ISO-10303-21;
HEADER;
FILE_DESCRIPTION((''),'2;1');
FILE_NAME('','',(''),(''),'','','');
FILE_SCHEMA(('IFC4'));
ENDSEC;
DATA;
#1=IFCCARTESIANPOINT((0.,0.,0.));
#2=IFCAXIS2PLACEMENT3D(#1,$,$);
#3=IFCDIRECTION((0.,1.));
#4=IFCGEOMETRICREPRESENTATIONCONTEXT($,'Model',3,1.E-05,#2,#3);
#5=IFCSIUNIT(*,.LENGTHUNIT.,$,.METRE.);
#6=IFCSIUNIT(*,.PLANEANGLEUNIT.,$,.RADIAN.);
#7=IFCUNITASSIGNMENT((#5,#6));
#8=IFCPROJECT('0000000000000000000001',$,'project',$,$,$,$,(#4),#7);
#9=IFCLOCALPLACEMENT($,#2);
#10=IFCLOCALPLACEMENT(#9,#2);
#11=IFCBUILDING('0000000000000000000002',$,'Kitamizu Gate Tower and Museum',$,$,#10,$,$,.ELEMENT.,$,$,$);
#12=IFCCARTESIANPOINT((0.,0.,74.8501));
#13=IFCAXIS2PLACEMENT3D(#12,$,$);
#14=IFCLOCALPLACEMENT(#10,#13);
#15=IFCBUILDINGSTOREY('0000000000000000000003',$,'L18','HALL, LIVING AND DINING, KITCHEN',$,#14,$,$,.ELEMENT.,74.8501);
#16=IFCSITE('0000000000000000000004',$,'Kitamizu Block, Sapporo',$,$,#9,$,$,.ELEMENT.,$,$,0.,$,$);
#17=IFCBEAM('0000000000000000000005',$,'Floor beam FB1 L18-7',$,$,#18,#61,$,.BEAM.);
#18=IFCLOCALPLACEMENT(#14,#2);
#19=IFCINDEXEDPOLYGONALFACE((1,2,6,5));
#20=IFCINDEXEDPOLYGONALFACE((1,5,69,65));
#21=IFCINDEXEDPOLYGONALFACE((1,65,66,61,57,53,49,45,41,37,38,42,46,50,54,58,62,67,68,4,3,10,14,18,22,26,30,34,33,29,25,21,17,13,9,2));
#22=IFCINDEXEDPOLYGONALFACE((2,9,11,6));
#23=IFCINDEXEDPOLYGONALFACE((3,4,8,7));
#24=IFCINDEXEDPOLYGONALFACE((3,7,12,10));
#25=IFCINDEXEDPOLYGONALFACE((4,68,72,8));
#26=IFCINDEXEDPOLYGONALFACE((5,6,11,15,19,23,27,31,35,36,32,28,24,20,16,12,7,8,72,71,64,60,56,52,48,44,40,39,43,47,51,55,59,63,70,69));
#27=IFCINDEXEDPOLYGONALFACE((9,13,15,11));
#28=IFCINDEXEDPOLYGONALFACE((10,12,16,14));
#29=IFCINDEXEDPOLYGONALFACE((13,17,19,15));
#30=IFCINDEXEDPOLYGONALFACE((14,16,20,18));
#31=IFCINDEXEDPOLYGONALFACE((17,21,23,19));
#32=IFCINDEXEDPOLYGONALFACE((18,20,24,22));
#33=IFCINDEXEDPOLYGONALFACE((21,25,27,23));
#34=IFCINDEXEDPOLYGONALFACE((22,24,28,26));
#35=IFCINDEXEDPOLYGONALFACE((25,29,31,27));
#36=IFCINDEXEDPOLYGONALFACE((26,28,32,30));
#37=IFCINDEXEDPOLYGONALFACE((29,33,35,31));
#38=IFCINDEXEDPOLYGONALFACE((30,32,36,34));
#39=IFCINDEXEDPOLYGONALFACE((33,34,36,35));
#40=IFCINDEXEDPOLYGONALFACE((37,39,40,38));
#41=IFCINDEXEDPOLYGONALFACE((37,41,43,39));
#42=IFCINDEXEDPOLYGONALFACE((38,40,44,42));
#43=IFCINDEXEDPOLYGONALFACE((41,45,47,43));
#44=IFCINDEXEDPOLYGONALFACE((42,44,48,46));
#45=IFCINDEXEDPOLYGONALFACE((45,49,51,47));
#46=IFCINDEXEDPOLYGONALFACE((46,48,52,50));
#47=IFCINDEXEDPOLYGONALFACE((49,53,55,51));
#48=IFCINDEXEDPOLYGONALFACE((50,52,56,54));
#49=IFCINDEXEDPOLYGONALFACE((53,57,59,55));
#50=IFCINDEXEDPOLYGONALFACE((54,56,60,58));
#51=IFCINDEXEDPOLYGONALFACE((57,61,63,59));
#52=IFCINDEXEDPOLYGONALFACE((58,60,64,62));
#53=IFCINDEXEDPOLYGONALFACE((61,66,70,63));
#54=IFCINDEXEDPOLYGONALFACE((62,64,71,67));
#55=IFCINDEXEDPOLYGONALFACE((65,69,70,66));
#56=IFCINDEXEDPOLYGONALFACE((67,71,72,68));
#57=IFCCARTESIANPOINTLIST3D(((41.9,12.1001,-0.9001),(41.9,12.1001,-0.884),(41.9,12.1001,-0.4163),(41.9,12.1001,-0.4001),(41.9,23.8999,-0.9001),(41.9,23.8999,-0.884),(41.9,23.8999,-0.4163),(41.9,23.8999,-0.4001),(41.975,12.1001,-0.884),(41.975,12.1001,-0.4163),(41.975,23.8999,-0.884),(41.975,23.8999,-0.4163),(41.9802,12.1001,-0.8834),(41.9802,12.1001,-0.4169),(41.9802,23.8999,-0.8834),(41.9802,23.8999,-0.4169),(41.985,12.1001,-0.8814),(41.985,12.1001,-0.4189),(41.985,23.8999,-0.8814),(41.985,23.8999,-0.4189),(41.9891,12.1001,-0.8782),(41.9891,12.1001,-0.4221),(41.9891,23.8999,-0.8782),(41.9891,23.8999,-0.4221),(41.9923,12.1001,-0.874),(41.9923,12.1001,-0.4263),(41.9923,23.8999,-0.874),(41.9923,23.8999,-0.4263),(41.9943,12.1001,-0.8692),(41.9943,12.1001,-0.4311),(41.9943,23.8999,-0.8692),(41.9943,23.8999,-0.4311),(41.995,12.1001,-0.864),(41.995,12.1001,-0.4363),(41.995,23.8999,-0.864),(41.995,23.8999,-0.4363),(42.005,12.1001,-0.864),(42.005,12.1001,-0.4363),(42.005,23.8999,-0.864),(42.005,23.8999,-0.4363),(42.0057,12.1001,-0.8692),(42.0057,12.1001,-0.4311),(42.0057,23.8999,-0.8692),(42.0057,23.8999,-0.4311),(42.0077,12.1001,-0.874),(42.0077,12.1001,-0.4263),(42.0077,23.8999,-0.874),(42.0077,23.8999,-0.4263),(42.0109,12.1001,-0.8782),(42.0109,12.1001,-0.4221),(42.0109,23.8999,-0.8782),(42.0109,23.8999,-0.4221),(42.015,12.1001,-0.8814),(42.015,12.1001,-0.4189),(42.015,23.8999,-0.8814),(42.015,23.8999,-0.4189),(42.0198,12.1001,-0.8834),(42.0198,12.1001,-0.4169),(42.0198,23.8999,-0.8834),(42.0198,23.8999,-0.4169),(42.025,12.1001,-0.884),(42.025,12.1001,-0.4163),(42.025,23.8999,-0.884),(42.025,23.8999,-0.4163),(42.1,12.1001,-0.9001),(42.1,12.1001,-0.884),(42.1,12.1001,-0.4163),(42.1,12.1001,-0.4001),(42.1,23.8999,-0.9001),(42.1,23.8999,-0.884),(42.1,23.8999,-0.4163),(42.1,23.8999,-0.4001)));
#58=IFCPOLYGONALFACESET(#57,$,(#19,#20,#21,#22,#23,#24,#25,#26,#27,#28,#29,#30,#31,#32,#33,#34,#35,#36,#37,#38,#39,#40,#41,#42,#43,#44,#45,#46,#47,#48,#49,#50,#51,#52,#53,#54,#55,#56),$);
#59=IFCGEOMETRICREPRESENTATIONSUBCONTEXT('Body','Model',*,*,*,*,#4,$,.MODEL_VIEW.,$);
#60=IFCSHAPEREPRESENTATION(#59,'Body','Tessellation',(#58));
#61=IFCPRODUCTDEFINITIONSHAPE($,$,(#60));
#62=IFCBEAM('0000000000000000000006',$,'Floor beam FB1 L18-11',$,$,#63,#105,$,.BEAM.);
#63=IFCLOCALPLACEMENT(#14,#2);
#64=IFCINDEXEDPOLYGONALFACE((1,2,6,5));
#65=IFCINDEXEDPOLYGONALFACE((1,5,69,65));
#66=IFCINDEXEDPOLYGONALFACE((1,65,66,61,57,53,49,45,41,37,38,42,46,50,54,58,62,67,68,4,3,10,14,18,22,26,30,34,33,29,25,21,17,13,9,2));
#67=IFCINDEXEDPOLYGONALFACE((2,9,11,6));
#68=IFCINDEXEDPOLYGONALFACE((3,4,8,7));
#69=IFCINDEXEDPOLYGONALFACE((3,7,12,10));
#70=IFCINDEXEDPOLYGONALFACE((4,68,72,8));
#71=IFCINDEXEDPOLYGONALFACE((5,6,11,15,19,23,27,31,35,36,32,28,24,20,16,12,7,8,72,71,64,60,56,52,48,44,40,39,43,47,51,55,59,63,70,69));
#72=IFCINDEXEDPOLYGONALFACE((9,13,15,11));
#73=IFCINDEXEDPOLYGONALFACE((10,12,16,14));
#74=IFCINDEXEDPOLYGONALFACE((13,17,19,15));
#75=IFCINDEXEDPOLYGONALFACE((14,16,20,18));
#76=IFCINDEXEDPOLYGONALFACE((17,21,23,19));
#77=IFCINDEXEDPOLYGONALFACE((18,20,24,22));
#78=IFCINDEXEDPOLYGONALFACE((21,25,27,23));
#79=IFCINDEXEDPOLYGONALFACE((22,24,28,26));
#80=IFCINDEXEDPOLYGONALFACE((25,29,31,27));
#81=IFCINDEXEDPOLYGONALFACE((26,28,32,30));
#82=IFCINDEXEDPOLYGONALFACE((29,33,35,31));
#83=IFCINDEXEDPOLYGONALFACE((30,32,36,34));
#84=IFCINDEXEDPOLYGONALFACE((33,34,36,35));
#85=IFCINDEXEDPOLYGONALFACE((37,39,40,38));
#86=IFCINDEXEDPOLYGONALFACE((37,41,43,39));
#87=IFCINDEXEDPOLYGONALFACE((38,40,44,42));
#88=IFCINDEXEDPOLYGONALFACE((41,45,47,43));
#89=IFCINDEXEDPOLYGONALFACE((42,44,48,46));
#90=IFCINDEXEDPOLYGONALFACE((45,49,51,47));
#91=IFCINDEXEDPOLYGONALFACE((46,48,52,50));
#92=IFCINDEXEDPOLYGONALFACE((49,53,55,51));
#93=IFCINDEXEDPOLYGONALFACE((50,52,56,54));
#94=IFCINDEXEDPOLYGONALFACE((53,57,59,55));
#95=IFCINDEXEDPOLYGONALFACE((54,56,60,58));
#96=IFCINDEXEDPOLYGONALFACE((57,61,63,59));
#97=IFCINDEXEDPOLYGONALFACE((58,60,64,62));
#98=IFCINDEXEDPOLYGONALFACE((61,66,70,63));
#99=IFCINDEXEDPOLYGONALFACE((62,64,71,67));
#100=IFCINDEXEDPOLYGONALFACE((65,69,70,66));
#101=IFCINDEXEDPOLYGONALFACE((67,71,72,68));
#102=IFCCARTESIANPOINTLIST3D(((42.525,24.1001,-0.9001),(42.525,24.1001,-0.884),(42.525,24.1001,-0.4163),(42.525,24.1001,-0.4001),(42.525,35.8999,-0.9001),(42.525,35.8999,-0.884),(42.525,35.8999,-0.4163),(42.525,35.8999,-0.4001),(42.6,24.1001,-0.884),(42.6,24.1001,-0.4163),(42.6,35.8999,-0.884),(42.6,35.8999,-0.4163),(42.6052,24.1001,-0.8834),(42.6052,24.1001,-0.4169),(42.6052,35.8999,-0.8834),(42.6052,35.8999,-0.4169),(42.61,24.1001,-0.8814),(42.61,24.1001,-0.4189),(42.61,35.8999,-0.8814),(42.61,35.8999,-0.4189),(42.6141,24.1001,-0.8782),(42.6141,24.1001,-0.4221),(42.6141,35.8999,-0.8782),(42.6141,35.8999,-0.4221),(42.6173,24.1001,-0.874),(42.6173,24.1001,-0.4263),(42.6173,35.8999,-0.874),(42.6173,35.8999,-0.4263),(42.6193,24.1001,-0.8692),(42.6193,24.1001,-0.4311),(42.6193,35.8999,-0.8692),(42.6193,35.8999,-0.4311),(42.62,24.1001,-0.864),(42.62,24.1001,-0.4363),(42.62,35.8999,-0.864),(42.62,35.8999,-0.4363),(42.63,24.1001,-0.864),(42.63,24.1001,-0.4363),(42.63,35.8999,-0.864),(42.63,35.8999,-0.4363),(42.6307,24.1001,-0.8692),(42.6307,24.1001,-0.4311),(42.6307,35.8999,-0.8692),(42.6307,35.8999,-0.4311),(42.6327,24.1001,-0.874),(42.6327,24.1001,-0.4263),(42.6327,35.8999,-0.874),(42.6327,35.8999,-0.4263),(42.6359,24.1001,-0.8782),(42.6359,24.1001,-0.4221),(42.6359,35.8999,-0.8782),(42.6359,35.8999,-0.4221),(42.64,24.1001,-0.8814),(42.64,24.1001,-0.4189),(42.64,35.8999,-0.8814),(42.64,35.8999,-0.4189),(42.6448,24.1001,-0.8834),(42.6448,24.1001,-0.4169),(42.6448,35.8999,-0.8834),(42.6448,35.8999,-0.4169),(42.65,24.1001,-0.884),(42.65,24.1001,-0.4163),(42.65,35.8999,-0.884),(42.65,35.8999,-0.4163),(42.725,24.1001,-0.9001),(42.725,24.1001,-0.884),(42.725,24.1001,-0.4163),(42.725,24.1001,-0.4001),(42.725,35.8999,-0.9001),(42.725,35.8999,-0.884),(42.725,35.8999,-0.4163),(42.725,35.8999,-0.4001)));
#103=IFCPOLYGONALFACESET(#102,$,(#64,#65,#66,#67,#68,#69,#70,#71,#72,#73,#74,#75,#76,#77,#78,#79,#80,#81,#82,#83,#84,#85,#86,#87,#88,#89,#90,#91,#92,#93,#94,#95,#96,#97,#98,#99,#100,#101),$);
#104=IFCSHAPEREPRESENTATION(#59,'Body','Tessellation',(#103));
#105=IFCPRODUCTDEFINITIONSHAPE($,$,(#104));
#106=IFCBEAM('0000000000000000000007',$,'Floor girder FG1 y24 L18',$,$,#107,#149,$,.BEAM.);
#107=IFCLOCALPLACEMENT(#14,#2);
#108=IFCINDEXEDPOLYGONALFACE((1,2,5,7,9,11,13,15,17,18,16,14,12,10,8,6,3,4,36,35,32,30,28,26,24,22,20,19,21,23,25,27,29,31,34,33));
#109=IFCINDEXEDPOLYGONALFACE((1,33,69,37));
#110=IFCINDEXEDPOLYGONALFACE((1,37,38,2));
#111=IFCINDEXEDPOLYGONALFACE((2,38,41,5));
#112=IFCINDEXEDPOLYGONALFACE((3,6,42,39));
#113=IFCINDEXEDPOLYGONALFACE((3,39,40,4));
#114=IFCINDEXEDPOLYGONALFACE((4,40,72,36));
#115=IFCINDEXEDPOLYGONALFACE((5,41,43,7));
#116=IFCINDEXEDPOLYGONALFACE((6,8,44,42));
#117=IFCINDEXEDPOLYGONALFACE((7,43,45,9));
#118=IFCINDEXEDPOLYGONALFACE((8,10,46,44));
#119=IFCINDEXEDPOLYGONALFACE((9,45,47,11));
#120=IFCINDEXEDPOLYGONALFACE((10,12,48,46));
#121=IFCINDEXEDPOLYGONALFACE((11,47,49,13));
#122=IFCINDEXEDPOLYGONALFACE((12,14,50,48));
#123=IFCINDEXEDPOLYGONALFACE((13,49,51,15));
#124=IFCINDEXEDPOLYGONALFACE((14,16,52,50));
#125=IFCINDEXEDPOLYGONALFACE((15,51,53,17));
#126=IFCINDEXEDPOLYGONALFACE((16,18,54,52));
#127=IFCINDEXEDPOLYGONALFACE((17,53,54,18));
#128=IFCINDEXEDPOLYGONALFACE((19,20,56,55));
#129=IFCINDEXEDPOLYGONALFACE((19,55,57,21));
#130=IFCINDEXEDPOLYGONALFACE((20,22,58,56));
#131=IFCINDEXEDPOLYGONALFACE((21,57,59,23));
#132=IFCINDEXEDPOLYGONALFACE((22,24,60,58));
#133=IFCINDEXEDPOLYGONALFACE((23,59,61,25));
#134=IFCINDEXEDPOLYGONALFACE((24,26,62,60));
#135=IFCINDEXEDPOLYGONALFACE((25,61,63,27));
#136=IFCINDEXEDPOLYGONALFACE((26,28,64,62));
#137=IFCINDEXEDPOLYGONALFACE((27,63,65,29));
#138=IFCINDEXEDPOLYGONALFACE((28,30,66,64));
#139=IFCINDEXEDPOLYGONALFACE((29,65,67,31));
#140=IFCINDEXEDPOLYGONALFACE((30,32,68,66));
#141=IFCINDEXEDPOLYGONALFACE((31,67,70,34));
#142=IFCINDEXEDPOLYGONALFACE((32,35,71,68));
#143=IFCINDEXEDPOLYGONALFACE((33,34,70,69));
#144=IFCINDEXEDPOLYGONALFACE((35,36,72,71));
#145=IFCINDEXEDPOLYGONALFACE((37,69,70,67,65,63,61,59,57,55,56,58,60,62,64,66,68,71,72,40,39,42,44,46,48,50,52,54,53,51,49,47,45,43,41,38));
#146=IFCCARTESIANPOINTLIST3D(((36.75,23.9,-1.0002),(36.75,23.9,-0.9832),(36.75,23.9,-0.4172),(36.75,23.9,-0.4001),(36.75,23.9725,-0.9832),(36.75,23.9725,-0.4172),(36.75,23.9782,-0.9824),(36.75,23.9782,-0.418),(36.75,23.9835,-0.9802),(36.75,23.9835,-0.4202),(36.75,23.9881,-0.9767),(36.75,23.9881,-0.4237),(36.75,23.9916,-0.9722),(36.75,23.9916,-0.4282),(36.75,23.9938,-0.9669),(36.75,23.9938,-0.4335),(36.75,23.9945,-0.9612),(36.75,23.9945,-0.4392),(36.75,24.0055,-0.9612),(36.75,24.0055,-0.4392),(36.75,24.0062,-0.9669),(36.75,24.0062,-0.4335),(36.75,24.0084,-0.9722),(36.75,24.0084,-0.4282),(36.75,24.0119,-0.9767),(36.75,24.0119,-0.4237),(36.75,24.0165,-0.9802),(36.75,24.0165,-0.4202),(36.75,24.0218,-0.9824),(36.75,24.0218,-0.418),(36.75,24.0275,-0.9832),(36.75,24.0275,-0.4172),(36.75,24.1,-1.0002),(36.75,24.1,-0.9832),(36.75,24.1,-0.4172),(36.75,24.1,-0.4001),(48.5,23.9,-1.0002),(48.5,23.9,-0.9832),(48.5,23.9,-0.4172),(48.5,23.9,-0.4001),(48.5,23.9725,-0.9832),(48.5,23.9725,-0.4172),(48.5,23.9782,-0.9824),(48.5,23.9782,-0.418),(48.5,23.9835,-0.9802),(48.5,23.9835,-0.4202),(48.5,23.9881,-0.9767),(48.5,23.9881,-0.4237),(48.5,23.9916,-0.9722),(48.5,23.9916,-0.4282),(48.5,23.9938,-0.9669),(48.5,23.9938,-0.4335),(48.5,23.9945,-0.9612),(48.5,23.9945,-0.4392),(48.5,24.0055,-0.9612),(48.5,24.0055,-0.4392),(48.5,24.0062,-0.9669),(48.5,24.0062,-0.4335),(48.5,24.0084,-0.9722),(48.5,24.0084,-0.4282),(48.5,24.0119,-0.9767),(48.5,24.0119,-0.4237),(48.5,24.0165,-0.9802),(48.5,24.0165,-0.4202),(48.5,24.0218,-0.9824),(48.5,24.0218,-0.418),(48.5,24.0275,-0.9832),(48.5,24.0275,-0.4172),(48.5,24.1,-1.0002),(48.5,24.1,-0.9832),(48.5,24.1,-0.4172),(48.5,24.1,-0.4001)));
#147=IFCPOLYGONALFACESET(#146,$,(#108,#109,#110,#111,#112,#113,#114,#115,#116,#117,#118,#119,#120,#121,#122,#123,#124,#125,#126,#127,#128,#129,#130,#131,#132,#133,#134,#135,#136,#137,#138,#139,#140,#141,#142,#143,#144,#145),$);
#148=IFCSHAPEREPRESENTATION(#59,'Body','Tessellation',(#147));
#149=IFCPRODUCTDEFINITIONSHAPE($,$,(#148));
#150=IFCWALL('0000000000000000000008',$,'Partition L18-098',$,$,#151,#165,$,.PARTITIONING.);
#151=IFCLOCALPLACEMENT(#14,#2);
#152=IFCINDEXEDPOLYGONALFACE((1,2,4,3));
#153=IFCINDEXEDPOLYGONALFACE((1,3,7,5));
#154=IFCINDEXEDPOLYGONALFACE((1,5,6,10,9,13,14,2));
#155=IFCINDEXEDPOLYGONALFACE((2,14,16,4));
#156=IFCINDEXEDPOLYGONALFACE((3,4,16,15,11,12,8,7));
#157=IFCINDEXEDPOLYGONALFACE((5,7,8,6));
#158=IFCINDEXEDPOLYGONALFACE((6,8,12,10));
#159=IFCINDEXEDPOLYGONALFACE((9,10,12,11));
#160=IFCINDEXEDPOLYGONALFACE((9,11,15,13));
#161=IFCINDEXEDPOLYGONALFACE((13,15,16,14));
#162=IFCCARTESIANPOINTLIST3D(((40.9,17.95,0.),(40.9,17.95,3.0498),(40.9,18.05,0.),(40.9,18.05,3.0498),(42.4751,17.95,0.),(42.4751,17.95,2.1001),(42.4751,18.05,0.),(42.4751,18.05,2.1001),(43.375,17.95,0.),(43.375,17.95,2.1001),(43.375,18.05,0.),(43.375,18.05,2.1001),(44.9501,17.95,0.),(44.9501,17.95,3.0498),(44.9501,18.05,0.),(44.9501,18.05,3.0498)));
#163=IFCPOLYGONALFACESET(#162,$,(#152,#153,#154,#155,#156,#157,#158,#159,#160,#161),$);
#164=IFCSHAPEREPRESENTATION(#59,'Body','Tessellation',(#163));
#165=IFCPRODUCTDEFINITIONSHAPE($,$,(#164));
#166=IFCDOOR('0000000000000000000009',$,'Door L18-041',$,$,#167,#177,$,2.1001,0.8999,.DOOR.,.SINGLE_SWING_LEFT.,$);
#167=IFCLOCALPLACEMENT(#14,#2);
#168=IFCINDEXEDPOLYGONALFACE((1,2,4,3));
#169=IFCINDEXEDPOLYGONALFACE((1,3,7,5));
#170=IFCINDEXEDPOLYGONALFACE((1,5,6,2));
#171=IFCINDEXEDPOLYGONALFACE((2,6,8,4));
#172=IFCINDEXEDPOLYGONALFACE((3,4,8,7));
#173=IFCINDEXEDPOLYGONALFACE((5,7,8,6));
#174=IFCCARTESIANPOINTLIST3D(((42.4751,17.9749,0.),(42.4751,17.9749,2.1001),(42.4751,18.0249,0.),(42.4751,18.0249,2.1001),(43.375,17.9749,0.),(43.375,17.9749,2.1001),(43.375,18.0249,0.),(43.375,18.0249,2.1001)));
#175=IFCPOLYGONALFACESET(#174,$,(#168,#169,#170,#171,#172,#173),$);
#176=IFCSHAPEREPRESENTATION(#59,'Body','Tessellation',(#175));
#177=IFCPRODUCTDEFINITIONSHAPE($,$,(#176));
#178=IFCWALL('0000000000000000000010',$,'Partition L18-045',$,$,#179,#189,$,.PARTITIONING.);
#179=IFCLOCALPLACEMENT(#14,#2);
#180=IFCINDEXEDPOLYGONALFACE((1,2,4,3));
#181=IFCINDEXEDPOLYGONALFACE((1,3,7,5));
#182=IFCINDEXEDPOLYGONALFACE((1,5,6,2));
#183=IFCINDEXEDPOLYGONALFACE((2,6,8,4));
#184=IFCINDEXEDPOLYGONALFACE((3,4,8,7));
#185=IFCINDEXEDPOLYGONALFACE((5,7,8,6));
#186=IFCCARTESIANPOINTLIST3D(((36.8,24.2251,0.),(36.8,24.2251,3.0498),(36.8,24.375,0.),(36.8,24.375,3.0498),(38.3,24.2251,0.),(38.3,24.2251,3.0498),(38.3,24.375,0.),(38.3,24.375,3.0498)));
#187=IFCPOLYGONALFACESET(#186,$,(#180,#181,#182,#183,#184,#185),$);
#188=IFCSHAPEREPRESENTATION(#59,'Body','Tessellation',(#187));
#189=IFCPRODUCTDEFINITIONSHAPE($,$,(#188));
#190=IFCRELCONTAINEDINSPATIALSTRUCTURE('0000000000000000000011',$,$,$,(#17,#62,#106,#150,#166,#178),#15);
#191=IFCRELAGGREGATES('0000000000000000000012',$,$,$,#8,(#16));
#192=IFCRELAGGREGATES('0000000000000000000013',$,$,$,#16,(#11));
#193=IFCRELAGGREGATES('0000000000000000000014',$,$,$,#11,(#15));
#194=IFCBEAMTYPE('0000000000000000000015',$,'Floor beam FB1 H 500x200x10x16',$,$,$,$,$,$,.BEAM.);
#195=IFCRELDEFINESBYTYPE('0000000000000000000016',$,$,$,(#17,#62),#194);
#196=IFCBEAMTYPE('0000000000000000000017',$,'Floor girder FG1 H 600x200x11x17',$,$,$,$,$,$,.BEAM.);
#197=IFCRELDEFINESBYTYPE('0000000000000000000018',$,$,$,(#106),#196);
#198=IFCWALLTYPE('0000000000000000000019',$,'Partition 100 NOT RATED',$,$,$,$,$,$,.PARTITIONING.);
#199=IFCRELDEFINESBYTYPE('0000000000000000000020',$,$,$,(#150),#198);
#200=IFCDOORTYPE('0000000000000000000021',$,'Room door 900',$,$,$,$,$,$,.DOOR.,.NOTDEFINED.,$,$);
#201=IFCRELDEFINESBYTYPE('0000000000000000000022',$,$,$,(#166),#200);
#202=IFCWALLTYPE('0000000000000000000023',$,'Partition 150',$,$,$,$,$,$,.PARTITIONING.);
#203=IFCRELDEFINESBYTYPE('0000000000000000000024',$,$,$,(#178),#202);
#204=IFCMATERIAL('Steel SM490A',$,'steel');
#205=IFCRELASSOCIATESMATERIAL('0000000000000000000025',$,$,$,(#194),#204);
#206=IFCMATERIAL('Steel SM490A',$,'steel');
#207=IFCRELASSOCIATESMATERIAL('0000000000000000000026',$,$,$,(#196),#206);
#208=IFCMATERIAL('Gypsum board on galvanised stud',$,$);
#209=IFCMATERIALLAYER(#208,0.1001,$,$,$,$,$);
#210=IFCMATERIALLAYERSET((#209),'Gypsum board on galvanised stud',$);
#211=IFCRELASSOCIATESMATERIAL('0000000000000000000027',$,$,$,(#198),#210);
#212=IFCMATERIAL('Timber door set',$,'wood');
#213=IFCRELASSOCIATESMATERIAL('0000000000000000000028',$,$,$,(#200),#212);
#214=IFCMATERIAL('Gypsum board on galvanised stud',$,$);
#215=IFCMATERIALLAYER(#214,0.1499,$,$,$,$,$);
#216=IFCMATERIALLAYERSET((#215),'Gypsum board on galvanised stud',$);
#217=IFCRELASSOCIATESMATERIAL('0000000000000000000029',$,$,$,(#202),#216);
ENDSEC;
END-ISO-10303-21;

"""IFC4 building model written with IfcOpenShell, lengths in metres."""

from ifc_helpers import new_model, si_unit, direction, frame, frame_2d, origin, origin_2d, place, context, subcontext, project, spatial, rectangle, i_section, extrude, material, layer, layer_set, material_profile, profile_set, type_object, element, fill, save


model = new_model("IFC4")

# Units and contexts
model_context = context("Model", 3, precision=1e-05, world=origin(), true_north=direction((0.0, 1.0)))
body_context = subcontext(model_context, "Body", "Model", "MODEL_VIEW")
ifc_project = project(units=[si_unit("LENGTHUNIT", "METRE"), si_unit("PLANEANGLEUNIT", "RADIAN")], contexts=[model_context])

# Site, building, storey
site_placement = place(None, origin())
site = spatial("IfcSite", under=ifc_project, at=site_placement, Name="Kitamizu Block, Sapporo", CompositionType="ELEMENT", RefElevation=0.0)
building_placement = place(site_placement, origin())
building = spatial("IfcBuilding", under=site, at=building_placement, Name="Kitamizu Gate Tower and Museum", CompositionType="ELEMENT")
storey_placement = place(building_placement, frame((0.0, 0.0, 74.8501)))
storey = spatial("IfcBuildingStorey", under=building, at=storey_placement, Name="L18", Description="HALL, LIVING AND DINING, KITCHEN", CompositionType="ELEMENT", Elevation=74.8501)

# Beams
ifc_material_1 = material(Name="Steel SM490A", Category="steel")
ifc_material_profile_1 = material_profile(ifc_material_1, i_section(OverallWidth=0.2, OverallDepth=0.5, WebThickness=0.01, FlangeThickness=0.0161, FilletRadius=0.02, at=origin_2d()), Name="H-500x200x10x16")
ifc_profile_set_1 = profile_set([ifc_material_profile_1], Name="Steel SM490A")
beam_type_1 = type_object("IfcBeamType", Name="Floor beam FB1 H 500x200x10x16", PredefinedType="BEAM", material=ifc_profile_set_1)
for number, where, z_axis, x_axis, name in (
    (1, (42.0, 12.1001, -0.6501), (0.0, 1.0, 0.0), (-1.0, 0.0, 0.0), "Floor beam FB1 L18-7"),
    (2, (42.625, 24.1001, -0.6501), (0.0, 1.0, 0.0), (-1.0, 0.0, 0.0), "Floor beam FB1 L18-11"),
):
    element("IfcBeam", number, at=place(storey_placement, frame(where, z_axis=z_axis, x_axis=x_axis)), inside=storey, type_object=beam_type_1, Name=name, PredefinedType="BEAM", context=body_context, shape_type="SweptSolid", body=[
        extrude(i_section(OverallWidth=0.2, OverallDepth=0.5, WebThickness=0.01, FlangeThickness=0.0161, FilletRadius=0.02, at=origin_2d()), origin(), (0.0, 0.0, 1.0), 11.7998),
    ])
ifc_material_2 = material(Name="Steel SM490A", Category="steel")
ifc_material_profile_2 = material_profile(ifc_material_2, i_section(OverallWidth=0.2, OverallDepth=0.6001, WebThickness=0.011, FlangeThickness=0.0171, FilletRadius=0.022, at=origin_2d()), Name="H-600x200x11x17")
ifc_profile_set_2 = profile_set([ifc_material_profile_2], Name="Steel SM490A")
beam_type_2 = type_object("IfcBeamType", Name="Floor girder FG1 H 600x200x11x17", PredefinedType="BEAM", material=ifc_profile_set_2)
beam_placement = place(storey_placement, frame((36.75, 24.0, -0.7002), z_axis=(1.0, 0.0, 0.0), x_axis=(0.0, 1.0, 0.0)))
element("IfcBeam", 3, at=beam_placement, inside=storey, type_object=beam_type_2, Name="Floor girder FG1 y24 L18", PredefinedType="BEAM", context=body_context, shape_type="SweptSolid", body=[
    extrude(i_section(OverallWidth=0.2, OverallDepth=0.6001, WebThickness=0.011, FlangeThickness=0.0171, FilletRadius=0.022, at=origin_2d()), origin(), (0.0, 0.0, 1.0), 11.75),
])

# Wall, opening, door
ifc_material_3 = material(Name="Gypsum board on galvanised stud")
ifc_layer_1 = layer(ifc_material_3, 0.1001)
ifc_layer_set_1 = layer_set([ifc_layer_1], Name="Gypsum board on galvanised stud")
wall_type_1 = type_object("IfcWallType", Name="Partition 100 NOT RATED", PredefinedType="PARTITIONING", material=ifc_layer_set_1)
wall_1_placement = place(storey_placement, frame((44.95, 18.0, 0.0), z_axis=(0.0, 0.0, 1.0), x_axis=(-1.0, 0.0, 0.0)))
wall_1 = element("IfcWall", 4, at=wall_1_placement, inside=storey, type_object=wall_type_1, Name="Partition L18-098", PredefinedType="PARTITIONING", context=body_context, shape_type="SweptSolid", body=[
    extrude(rectangle(XDim=4.05, YDim=0.1001, at=frame_2d((2.0249, 0.0))), origin(), (0.0, 0.0, 1.0), 3.0498),
])
opening_placement = place(wall_1_placement, frame((1.575, 0.0, 0.0)))
opening = element("IfcOpeningElement", 5, at=opening_placement, cuts=wall_1, PredefinedType="OPENING", context=body_context, shape_type="SweptSolid", body=[
    extrude(rectangle(XDim=0.8999, YDim=2.1001, at=frame_2d((0.45, 1.05))), frame((0.0, 0.0601, 0.0), z_axis=(0.0, -1.0, 0.0), x_axis=(1.0, 0.0, 0.0)), (0.0, 0.0, 1.0), 0.1201),
])
ifc_material_4 = material(Name="Timber door set", Category="wood")
door_type = type_object("IfcDoorType", Name="Room door 900", OperationType="NOTDEFINED", PredefinedType="DOOR", material=ifc_material_4)
door_placement = place(opening_placement, frame((0.8999, 0.0, 0.0), x_axis=(-1.0, 0.0, 0.0)))
door = element("IfcDoor", 6, at=door_placement, inside=storey, type_object=door_type, Name="Door L18-041", OperationType="SINGLE_SWING_LEFT", OverallHeight=2.1001, OverallWidth=0.8999, PredefinedType="DOOR", context=body_context, shape_type="SweptSolid", body=[
    extrude(rectangle(XDim=0.8999, YDim=2.1001, at=frame_2d((0.45, 1.05))), frame((0.0, 0.0249, 0.0), z_axis=(0.0, -1.0, 0.0), x_axis=(1.0, 0.0, 0.0)), (0.0, 0.0, 1.0), 0.05),
])
fill(opening, door)

# Wall
ifc_material_5 = material(Name="Gypsum board on galvanised stud")
ifc_layer_2 = layer(ifc_material_5, 0.1499)
ifc_layer_set_2 = layer_set([ifc_layer_2], Name="Gypsum board on galvanised stud")
wall_type_2 = type_object("IfcWallType", Name="Partition 150", PredefinedType="PARTITIONING", material=ifc_layer_set_2)
wall_2_placement = place(storey_placement, frame((38.3, 24.3, 0.0), z_axis=(0.0, 0.0, 1.0), x_axis=(-1.0, 0.0, 0.0)))
element("IfcWall", 7, at=wall_2_placement, inside=storey, type_object=wall_type_2, Name="Partition L18-045", PredefinedType="PARTITIONING", context=body_context, shape_type="SweptSolid", body=[
    extrude(rectangle(XDim=1.5, YDim=0.1499, at=frame_2d((0.75, 0.0))), origin(), (0.0, 0.0, 1.0), 3.0498),
])

save(model, "model.ifc")
